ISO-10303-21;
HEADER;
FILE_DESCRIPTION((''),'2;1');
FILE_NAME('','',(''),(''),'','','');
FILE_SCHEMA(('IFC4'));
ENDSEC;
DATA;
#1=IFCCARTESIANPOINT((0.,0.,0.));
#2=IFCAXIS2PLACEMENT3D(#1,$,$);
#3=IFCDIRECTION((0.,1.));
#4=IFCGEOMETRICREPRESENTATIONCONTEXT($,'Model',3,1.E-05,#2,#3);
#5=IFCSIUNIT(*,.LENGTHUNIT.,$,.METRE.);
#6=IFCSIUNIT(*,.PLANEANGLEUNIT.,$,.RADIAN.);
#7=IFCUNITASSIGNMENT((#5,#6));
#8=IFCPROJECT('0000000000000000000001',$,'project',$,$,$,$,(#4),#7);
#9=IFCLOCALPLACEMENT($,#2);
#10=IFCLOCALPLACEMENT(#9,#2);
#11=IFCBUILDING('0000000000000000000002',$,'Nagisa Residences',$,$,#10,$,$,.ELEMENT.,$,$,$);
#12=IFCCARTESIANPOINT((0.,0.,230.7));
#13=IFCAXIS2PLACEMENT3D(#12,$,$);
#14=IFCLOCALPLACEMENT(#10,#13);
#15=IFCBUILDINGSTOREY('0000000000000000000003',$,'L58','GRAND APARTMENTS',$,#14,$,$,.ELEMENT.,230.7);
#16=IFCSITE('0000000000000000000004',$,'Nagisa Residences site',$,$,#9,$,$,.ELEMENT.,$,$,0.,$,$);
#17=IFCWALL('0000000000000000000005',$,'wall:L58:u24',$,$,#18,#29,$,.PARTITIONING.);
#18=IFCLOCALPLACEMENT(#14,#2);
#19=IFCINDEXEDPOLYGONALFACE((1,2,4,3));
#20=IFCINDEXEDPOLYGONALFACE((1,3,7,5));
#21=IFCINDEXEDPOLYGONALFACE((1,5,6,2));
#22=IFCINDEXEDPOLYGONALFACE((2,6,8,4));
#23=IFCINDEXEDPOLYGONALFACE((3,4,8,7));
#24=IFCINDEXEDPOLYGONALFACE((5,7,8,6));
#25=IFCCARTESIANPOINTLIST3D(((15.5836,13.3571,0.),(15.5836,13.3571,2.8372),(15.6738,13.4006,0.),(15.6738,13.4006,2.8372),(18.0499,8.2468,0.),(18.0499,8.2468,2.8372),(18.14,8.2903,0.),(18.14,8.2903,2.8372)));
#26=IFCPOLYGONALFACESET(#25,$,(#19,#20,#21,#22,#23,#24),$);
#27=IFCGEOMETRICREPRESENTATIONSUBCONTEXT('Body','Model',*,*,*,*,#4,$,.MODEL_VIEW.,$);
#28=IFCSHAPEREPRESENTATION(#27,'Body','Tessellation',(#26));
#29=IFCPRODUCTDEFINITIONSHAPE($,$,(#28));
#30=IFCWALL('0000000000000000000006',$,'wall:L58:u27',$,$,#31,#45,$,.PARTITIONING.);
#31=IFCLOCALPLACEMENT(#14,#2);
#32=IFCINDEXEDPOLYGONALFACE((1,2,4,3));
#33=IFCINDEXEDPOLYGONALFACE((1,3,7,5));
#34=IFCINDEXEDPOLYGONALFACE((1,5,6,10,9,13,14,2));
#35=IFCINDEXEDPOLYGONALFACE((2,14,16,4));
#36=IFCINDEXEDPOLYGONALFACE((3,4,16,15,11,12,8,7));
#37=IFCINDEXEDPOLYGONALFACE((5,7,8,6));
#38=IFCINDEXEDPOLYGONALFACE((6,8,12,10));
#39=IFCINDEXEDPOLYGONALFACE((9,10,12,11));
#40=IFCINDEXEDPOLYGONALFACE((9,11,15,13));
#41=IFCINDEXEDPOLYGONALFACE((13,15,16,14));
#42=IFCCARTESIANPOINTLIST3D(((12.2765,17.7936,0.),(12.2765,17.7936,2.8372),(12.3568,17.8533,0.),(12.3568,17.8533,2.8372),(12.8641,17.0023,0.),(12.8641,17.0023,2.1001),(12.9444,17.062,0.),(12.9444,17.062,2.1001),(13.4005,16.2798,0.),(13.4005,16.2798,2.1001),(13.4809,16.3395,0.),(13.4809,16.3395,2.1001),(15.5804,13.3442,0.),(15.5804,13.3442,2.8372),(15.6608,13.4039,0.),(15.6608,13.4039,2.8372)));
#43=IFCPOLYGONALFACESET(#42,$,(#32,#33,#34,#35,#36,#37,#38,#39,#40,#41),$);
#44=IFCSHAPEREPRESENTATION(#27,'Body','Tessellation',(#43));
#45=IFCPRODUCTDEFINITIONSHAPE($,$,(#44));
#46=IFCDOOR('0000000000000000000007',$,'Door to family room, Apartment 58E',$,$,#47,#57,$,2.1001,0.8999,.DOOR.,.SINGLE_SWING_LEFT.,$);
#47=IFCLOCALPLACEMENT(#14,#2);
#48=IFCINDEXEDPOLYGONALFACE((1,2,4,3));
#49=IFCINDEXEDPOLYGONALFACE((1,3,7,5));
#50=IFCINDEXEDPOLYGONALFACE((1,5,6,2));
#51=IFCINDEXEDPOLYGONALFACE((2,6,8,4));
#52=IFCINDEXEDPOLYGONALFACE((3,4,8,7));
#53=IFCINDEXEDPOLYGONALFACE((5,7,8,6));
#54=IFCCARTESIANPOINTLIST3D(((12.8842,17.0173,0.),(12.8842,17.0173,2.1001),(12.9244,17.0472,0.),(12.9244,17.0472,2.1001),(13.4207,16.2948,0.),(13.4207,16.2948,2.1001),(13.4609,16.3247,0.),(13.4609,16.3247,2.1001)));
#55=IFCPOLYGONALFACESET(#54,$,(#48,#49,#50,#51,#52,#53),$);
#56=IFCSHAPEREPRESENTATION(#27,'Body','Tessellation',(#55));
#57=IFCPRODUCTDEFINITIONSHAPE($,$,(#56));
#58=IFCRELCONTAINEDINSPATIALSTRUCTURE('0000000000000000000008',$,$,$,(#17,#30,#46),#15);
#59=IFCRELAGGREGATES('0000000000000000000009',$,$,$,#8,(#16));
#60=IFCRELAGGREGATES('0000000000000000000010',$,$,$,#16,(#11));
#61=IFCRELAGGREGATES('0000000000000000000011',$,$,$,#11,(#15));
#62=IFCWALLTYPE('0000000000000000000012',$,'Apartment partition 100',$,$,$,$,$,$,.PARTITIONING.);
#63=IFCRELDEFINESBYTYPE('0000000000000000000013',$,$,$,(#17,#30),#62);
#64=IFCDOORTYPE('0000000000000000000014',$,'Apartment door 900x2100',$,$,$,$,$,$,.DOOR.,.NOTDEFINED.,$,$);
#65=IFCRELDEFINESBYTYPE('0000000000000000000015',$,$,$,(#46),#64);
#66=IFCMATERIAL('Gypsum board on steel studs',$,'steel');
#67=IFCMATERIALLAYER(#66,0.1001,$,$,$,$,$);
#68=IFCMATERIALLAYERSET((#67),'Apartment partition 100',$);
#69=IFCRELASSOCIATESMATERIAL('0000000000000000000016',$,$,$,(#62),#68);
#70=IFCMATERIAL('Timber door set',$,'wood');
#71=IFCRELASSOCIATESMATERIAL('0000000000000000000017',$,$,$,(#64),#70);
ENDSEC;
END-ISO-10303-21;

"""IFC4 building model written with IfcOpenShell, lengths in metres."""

from ifc_helpers import new_model, si_unit, direction, frame, frame_2d, origin, place, context, subcontext, project, spatial, rectangle, extrude, material, layer, layer_set, type_object, element, fill, save


model = new_model("IFC4")

# Units and contexts
model_context = context("Model", 3, precision=1e-05, world=origin(), true_north=direction((0.0, 1.0)))
body_context = subcontext(model_context, "Body", "Model", "MODEL_VIEW")
ifc_project = project(units=[si_unit("LENGTHUNIT", "METRE"), si_unit("PLANEANGLEUNIT", "RADIAN")], contexts=[model_context])

# Site, building, storey
site_placement = place(None, origin())
site = spatial("IfcSite", under=ifc_project, at=site_placement, Name="Nagisa Residences site", CompositionType="ELEMENT", RefElevation=0.0)
building_placement = place(site_placement, origin())
building = spatial("IfcBuilding", under=site, at=building_placement, Name="Nagisa Residences", CompositionType="ELEMENT")
storey_placement = place(building_placement, frame((0.0, 0.0, 230.7)))
storey = spatial("IfcBuildingStorey", under=building, at=storey_placement, Name="L58", Description="GRAND APARTMENTS", CompositionType="ELEMENT", Elevation=230.7)

# Shared definitions
ifc_material_1 = material(Name="Gypsum board on steel studs", Category="steel")
ifc_layer_1 = layer(ifc_material_1, 0.1001)
ifc_layer_set_1 = layer_set([ifc_layer_1], Name="Apartment partition 100")
wall_type_1 = type_object("IfcWallType", Name="Apartment partition 100", PredefinedType="PARTITIONING", material=ifc_layer_set_1)

# Shared definitions
ifc_material_2 = material(Name="Timber door set", Category="wood")
door_type_1 = type_object("IfcDoorType", Name="Apartment door 900x2100", OperationType="NOTDEFINED", PredefinedType="DOOR", material=ifc_material_2)

# Wall
wall_1_placement = place(storey_placement, frame((18.095, 8.2686, 0.0), z_axis=(0.0, 0.0, 1.0), x_axis=(-0.434641, 0.900604, 0.0)))
element("IfcWall", 1, at=wall_1_placement, inside=storey, type_object=wall_type_1, Name="wall:L58:u24", PredefinedType="PARTITIONING", context=body_context, shape_type="SweptSolid", body=[
    extrude(rectangle(XDim=5.6743, YDim=0.1001, at=frame_2d((2.8372, 0.0))), origin(), (0.0, 0.0, 1.0), 2.8372),
])

# Wall, opening, door
wall_2_placement = place(storey_placement, frame((15.6206, 13.374, 0.0), z_axis=(0.0, 0.0, 1.0), x_axis=(-0.596166, 0.802861, 0.0)))
wall_2 = element("IfcWall", 2, at=wall_2_placement, inside=storey, type_object=wall_type_1, Name="wall:L58:u27", PredefinedType="PARTITIONING", context=body_context, shape_type="SweptSolid", body=[
    extrude(rectangle(XDim=5.542, YDim=0.1001, at=frame_2d((2.771, 0.0))), origin(), (0.0, 0.0, 1.0), 2.8372),
])
opening_1_placement = place(wall_2_placement, frame((3.6565, 0.0, 0.0)))
opening_1 = element("IfcOpeningElement", 3, at=opening_1_placement, cuts=wall_2, PredefinedType="OPENING", context=body_context, shape_type="SweptSolid", body=[
    extrude(rectangle(XDim=0.8999, YDim=2.1001, at=frame_2d((0.45, 1.05))), frame((0.0, 0.0601, 0.0), z_axis=(0.0, -1.0, 0.0), x_axis=(1.0, 0.0, 0.0)), (0.0, 0.0, 1.0), 0.1201),
])
door_1_placement = place(opening_1_placement, origin())
door_1 = element("IfcDoor", 4, at=door_1_placement, inside=storey, type_object=door_type_1, Name="Door to family room, Apartment 58E", OperationType="SINGLE_SWING_LEFT", OverallHeight=2.1001, OverallWidth=0.8999, PredefinedType="DOOR", context=body_context, shape_type="SweptSolid", body=[
    extrude(rectangle(XDim=0.8999, YDim=2.1001, at=frame_2d((0.45, 1.05))), frame((0.0, 0.0249, 0.0), z_axis=(0.0, -1.0, 0.0), x_axis=(1.0, 0.0, 0.0)), (0.0, 0.0, 1.0), 0.05),
])
fill(opening_1, door_1)

save(model, "model.ifc")
